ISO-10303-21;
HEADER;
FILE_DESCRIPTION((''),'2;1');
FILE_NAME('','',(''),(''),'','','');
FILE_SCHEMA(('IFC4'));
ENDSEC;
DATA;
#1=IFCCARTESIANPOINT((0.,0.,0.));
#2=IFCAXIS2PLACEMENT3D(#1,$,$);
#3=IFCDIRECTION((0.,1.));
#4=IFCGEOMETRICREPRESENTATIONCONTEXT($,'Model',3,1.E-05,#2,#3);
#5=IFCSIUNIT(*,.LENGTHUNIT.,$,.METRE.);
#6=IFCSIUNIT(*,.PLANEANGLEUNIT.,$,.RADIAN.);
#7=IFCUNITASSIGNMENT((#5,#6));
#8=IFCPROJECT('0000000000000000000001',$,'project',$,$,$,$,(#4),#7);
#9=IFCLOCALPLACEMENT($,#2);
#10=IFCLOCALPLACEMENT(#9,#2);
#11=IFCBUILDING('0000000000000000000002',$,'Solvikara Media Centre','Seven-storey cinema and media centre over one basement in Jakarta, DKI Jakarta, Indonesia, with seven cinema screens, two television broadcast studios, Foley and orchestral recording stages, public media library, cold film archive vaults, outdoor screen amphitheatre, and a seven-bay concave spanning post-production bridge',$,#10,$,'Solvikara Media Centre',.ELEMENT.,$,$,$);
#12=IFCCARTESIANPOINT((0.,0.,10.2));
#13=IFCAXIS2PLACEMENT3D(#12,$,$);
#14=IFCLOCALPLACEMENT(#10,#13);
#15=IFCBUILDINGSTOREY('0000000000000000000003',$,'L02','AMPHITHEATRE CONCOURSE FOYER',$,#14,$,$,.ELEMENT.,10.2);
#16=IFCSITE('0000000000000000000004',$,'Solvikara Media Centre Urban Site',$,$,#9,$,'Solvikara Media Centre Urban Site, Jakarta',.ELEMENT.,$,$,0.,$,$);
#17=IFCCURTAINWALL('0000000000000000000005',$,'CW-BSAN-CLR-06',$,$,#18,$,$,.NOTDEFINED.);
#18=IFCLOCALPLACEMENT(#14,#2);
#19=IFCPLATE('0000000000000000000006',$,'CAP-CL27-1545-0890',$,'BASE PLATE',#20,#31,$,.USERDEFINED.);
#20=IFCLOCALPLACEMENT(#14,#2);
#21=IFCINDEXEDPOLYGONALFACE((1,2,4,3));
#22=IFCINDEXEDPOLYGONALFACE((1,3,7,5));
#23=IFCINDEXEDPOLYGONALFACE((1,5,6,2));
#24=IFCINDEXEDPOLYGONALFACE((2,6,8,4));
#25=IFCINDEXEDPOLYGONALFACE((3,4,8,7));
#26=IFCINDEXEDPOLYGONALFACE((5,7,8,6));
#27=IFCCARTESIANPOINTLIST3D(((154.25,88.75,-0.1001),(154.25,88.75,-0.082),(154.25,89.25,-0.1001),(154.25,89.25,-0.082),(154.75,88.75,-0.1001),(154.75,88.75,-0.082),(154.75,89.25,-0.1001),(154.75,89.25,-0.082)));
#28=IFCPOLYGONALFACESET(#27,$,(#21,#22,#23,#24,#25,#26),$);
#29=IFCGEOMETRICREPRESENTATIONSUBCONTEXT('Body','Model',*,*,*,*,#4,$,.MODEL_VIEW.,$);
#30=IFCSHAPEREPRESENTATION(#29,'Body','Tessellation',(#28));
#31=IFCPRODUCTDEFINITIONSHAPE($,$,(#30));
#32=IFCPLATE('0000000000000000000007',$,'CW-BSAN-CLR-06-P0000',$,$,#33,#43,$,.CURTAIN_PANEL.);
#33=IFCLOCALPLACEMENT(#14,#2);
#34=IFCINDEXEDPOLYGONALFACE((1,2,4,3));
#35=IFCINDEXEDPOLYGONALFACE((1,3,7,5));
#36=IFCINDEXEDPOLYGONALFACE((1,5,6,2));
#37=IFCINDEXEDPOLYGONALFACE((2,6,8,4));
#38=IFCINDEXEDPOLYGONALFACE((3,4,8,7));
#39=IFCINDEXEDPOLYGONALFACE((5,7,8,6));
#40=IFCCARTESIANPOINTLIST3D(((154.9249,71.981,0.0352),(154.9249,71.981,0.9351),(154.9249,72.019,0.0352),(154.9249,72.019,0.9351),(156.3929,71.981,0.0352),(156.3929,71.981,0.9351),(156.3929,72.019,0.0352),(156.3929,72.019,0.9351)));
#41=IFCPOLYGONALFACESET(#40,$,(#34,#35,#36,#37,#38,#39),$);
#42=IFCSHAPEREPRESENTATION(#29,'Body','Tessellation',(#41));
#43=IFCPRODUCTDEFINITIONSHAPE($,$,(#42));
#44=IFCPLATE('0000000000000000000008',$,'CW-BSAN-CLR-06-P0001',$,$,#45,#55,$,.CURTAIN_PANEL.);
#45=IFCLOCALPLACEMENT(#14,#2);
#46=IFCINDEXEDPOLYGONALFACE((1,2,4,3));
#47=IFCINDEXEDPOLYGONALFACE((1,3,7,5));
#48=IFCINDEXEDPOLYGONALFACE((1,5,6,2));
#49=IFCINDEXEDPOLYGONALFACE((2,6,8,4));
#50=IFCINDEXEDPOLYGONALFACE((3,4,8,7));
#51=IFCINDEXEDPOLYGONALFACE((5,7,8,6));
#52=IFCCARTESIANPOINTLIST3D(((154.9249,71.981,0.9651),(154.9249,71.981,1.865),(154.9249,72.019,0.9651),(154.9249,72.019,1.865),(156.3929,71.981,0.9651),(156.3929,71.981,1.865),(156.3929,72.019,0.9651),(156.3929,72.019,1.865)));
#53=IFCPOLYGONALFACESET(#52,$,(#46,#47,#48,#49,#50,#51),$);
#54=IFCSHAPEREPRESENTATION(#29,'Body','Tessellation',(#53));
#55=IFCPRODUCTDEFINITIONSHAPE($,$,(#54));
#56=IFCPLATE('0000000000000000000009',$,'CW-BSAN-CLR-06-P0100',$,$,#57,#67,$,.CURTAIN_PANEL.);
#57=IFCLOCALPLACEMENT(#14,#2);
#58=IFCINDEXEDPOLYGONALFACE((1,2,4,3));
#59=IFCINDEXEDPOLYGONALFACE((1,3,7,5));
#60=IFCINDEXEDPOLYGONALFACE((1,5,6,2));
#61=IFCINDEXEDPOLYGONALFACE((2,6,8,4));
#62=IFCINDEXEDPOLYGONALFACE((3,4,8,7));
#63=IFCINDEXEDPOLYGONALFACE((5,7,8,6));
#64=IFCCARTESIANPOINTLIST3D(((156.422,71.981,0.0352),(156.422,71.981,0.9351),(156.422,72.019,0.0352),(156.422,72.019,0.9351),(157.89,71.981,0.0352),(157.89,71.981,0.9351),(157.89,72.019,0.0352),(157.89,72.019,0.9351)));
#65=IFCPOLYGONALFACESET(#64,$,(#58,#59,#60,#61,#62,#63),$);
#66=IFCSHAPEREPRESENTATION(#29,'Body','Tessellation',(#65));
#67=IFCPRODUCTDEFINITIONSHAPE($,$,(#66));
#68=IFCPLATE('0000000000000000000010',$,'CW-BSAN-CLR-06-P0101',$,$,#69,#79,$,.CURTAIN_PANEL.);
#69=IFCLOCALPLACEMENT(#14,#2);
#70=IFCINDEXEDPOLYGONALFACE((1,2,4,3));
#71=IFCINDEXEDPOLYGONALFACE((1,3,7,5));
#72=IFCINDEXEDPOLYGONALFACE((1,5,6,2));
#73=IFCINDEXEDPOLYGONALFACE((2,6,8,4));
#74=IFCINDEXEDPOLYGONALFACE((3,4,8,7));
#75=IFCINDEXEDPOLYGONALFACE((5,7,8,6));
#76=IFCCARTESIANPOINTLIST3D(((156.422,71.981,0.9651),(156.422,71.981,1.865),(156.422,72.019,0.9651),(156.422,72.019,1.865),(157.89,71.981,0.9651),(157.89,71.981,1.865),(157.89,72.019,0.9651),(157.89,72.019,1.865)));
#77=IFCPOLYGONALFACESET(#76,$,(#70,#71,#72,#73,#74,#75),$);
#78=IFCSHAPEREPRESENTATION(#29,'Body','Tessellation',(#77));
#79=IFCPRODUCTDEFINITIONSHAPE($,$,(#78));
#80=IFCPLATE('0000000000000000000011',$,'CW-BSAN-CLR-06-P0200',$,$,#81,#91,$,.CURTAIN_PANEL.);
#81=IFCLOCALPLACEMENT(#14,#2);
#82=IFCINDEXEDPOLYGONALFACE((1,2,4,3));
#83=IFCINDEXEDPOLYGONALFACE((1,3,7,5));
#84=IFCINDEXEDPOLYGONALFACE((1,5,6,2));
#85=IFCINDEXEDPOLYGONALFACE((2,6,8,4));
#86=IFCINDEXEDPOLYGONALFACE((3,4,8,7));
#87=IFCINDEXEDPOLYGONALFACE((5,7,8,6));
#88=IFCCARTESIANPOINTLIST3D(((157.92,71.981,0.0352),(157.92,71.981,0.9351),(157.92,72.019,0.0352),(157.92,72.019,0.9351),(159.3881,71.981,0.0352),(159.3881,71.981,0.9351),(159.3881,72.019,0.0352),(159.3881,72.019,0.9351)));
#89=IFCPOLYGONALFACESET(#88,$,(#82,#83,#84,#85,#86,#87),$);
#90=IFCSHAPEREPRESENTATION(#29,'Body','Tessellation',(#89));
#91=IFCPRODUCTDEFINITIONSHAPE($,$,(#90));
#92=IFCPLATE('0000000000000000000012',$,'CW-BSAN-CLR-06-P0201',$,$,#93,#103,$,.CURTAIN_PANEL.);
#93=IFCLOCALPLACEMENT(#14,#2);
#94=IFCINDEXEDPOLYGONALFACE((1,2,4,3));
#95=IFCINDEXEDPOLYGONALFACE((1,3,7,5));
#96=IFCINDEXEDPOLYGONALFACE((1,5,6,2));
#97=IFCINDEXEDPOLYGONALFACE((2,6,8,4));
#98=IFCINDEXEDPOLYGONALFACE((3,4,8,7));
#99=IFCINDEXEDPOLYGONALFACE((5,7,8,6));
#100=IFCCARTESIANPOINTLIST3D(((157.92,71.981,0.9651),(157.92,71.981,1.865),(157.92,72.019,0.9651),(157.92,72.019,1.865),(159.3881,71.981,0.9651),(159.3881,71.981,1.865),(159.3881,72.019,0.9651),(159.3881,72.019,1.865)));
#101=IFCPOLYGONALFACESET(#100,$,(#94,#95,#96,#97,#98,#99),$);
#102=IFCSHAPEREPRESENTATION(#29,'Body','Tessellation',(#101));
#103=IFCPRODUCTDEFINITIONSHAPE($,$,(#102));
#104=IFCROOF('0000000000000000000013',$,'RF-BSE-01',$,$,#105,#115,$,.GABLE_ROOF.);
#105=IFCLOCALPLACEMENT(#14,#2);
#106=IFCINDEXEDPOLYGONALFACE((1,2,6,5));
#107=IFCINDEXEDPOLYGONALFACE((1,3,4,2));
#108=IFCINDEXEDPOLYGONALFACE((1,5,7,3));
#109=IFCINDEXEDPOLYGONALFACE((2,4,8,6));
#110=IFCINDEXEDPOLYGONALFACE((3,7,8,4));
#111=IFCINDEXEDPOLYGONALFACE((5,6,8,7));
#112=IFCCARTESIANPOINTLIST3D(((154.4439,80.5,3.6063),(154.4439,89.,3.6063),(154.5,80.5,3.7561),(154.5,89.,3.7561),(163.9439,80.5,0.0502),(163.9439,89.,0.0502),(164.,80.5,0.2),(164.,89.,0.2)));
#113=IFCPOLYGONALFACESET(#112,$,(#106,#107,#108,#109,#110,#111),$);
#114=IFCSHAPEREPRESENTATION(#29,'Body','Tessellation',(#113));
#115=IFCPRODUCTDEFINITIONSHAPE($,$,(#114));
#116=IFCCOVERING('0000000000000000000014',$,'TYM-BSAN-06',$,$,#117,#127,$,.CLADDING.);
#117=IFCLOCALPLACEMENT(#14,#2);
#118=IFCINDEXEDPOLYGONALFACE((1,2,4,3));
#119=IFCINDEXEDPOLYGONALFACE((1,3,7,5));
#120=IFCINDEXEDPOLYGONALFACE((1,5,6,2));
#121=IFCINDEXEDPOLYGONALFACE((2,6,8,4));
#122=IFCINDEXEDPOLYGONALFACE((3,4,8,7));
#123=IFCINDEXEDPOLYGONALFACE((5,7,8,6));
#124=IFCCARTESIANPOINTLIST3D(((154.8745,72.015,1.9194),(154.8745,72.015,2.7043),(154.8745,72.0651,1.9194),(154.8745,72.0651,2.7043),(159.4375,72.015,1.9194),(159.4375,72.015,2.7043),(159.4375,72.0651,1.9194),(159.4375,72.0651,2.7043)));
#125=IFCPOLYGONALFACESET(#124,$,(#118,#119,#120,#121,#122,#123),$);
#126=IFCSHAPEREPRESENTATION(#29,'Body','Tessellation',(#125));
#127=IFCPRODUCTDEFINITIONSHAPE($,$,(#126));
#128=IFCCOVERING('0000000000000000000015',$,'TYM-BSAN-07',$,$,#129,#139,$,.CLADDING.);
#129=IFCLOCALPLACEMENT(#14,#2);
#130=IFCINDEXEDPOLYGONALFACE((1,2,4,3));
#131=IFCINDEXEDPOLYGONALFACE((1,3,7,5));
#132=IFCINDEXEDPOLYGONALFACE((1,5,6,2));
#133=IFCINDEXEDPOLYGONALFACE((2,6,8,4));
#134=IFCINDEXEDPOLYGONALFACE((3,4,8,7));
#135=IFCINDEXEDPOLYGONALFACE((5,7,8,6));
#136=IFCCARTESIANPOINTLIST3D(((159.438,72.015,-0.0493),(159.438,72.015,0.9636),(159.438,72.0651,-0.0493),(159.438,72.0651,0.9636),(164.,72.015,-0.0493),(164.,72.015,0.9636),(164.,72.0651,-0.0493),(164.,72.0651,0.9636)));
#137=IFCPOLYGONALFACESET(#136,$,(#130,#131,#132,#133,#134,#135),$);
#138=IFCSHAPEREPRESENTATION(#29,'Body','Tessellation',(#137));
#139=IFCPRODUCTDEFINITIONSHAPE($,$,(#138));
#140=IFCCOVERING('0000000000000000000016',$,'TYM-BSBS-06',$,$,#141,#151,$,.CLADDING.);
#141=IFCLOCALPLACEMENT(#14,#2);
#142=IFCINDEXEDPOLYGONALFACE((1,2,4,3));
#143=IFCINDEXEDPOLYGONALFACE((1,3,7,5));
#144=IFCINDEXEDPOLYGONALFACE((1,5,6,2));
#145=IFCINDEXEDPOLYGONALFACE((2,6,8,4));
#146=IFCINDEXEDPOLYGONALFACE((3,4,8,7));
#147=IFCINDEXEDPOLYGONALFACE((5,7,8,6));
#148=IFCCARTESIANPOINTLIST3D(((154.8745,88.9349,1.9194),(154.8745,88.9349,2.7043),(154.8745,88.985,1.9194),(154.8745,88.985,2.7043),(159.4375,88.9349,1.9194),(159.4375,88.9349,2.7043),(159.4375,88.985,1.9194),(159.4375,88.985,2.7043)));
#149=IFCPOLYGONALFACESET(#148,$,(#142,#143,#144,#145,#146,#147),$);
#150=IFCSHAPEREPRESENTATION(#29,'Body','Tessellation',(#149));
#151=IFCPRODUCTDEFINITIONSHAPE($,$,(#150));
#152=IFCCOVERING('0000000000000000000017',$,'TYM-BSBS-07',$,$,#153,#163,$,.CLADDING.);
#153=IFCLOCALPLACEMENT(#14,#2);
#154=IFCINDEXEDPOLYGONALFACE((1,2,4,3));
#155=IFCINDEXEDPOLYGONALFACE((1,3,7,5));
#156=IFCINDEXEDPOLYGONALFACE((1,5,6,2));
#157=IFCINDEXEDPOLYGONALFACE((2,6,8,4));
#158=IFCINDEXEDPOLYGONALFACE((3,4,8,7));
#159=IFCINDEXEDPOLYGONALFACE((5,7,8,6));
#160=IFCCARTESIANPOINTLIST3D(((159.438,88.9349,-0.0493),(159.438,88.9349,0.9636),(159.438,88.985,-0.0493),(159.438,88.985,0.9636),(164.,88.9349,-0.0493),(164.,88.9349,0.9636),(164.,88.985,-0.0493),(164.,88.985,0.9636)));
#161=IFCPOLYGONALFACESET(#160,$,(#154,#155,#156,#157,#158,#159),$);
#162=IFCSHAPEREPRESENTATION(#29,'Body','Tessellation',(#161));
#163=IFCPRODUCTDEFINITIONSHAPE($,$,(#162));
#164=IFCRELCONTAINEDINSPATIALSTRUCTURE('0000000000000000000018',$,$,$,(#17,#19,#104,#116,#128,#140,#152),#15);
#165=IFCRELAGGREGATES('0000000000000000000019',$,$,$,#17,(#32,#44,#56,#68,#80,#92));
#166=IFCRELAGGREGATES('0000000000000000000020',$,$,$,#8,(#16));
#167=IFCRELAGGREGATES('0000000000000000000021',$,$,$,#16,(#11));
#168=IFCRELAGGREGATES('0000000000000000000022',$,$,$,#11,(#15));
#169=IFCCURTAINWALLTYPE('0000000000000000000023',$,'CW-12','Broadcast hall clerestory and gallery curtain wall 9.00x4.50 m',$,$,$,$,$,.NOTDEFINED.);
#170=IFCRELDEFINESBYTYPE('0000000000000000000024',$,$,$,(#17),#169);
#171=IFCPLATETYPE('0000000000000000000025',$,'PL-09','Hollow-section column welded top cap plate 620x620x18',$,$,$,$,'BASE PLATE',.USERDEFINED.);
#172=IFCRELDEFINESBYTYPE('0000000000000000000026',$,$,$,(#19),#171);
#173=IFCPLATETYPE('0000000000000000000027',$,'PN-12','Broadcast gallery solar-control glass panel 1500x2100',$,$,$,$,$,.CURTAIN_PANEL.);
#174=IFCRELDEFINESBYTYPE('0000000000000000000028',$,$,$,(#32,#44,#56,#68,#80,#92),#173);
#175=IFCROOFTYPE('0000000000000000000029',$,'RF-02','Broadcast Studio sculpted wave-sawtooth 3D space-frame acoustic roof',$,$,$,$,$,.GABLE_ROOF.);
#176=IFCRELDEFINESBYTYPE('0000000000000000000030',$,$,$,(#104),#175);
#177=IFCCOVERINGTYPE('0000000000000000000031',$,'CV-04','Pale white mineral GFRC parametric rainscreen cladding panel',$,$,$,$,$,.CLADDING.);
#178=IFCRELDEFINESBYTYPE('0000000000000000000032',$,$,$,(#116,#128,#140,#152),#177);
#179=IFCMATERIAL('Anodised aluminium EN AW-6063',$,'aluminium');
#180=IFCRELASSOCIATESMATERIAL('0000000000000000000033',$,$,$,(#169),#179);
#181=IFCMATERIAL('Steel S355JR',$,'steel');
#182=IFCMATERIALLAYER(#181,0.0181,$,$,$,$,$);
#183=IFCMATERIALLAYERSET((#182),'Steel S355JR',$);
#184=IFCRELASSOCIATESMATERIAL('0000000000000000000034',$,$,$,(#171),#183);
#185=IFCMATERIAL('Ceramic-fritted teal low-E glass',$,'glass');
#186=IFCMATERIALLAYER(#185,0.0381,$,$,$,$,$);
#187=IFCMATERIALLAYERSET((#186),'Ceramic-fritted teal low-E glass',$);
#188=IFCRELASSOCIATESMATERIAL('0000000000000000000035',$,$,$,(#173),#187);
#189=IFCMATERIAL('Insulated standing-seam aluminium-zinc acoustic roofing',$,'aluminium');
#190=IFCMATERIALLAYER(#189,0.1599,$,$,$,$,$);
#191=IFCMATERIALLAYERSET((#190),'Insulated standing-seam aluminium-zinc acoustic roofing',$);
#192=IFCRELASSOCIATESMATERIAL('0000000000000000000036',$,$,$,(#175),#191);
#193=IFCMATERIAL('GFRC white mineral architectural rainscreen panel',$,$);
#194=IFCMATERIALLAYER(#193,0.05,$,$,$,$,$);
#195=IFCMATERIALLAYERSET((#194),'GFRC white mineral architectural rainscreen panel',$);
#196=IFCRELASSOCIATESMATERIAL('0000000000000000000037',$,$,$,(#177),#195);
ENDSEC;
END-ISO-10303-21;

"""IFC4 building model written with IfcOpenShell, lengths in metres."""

from ifc_helpers import new_model, si_unit, direction, frame, origin, origin_2d, place, context, subcontext, project, spatial, polyline, rectangle, outline, extrude, material, layer, layer_set, type_object, element, aggregate, save


model = new_model("IFC4")

# Units and contexts
model_context = context("Model", 3, precision=1e-05, world=origin(), true_north=direction((0.0, 1.0)))
body_context = subcontext(model_context, "Body", "Model", "MODEL_VIEW")
ifc_project = project(units=[si_unit("LENGTHUNIT", "METRE"), si_unit("PLANEANGLEUNIT", "RADIAN")], contexts=[model_context])

# Site, building, storey
site_placement = place(None, origin())
site = spatial("IfcSite", under=ifc_project, at=site_placement, Name="Solvikara Media Centre Urban Site", LongName="Solvikara Media Centre Urban Site, Jakarta", CompositionType="ELEMENT", RefElevation=0.0)
building_placement = place(site_placement, origin())
building = spatial("IfcBuilding", under=site, at=building_placement, Name="Solvikara Media Centre", Description="Seven-storey cinema and media centre over one basement in Jakarta, DKI Jakarta, Indonesia, with seven cinema screens, two television broadcast studios, Foley and orchestral recording stages, public media library, cold film archive vaults, outdoor screen amphitheatre, and a seven-bay concave spanning post-production bridge", LongName="Solvikara Media Centre", CompositionType="ELEMENT")
storey_placement = place(building_placement, frame((0.0, 0.0, 10.2)))
storey = spatial("IfcBuildingStorey", under=building, at=storey_placement, Name="L02", Description="AMPHITHEATRE CONCOURSE FOYER", CompositionType="ELEMENT", Elevation=10.2)

# Shared definitions
ifc_material_1 = material(Name="Steel S355JR", Category="steel")

# Shared definitions
ifc_material_2 = material(Name="Anodised aluminium EN AW-6063", Category="aluminium")
curtain_wall_type = type_object("IfcCurtainWallType", Name="CW-12", Description="Broadcast hall clerestory and gallery curtain wall 9.00x4.50 m", PredefinedType="NOTDEFINED", material=ifc_material_2)

# Curtain wall
curtain_wall_1_placement = place(storey_placement, origin())
curtain_wall_1 = element("IfcCurtainWall", 1, at=curtain_wall_1_placement, inside=storey, type_object=curtain_wall_type, Name="CW-BSAN-CLR-06", PredefinedType="NOTDEFINED")

# Plate
ifc_layer_1 = layer(ifc_material_1, 0.0181)
ifc_layer_set_1 = layer_set([ifc_layer_1], Name="Steel S355JR")
plate_type_1 = type_object("IfcPlateType", Name="PL-09", Description="Hollow-section column welded top cap plate 620x620x18", ElementType="BASE PLATE", PredefinedType="USERDEFINED", material=ifc_layer_set_1)
plate_1_placement = place(storey_placement, frame((154.5, 89.0, -0.1001), z_axis=(0.0, 0.0, 1.0), x_axis=(1.0, 0.0, 0.0)))
element("IfcPlate", 2, at=plate_1_placement, inside=storey, type_object=plate_type_1, Name="CAP-CL27-1545-0890", ObjectType="BASE PLATE", PredefinedType="USERDEFINED", context=body_context, shape_type="SweptSolid", body=[
    extrude(rectangle(XDim=0.5, YDim=0.5, at=origin_2d()), origin(), (0.0, 0.0, 1.0), 0.0181),
])

# Plates
ifc_material_3 = material(Name="Ceramic-fritted teal low-E glass", Category="glass")
ifc_layer_2 = layer(ifc_material_3, 0.0381)
ifc_layer_set_2 = layer_set([ifc_layer_2], Name="Ceramic-fritted teal low-E glass")
plate_type_2 = type_object("IfcPlateType", Name="PN-12", Description="Broadcast gallery solar-control glass panel 1500x2100", PredefinedType="CURTAIN_PANEL", material=ifc_layer_set_2)
plate_2_placement = place(storey_placement, frame((155.6589, 72.0, 0.0352), z_axis=(0.0, 0.0, 1.0), x_axis=(1.0, 0.0, 0.0)))
plate_2 = element("IfcPlate", 3, at=plate_2_placement, type_object=plate_type_2, Name="CW-BSAN-CLR-06-P0000", PredefinedType="CURTAIN_PANEL", context=body_context, shape_type="SweptSolid", body=[
    extrude(rectangle(XDim=1.468, YDim=0.0381, at=origin_2d()), origin(), (0.0, 0.0, 1.0), 0.8999),
])
plate_3_placement = place(storey_placement, frame((155.6589, 72.0, 0.9651), z_axis=(0.0, 0.0, 1.0), x_axis=(1.0, 0.0, 0.0)))
plate_3 = element("IfcPlate", 4, at=plate_3_placement, type_object=plate_type_2, Name="CW-BSAN-CLR-06-P0001", PredefinedType="CURTAIN_PANEL", context=body_context, shape_type="SweptSolid", body=[
    extrude(rectangle(XDim=1.468, YDim=0.0381, at=origin_2d()), origin(), (0.0, 0.0, 1.0), 0.8999),
])
plate_4_placement = place(storey_placement, frame((157.156, 72.0, 0.0352), z_axis=(0.0, 0.0, 1.0), x_axis=(1.0, 0.0, 0.0)))
plate_4 = element("IfcPlate", 5, at=plate_4_placement, type_object=plate_type_2, Name="CW-BSAN-CLR-06-P0100", PredefinedType="CURTAIN_PANEL", context=body_context, shape_type="SweptSolid", body=[
    extrude(rectangle(XDim=1.468, YDim=0.0381, at=origin_2d()), origin(), (0.0, 0.0, 1.0), 0.8999),
])
plate_5_placement = place(storey_placement, frame((157.156, 72.0, 0.9651), z_axis=(0.0, 0.0, 1.0), x_axis=(1.0, 0.0, 0.0)))
plate_5 = element("IfcPlate", 6, at=plate_5_placement, type_object=plate_type_2, Name="CW-BSAN-CLR-06-P0101", PredefinedType="CURTAIN_PANEL", context=body_context, shape_type="SweptSolid", body=[
    extrude(rectangle(XDim=1.468, YDim=0.0381, at=origin_2d()), origin(), (0.0, 0.0, 1.0), 0.8999),
])
plate_6_placement = place(storey_placement, frame((158.6541, 72.0, 0.0352), z_axis=(0.0, 0.0, 1.0), x_axis=(1.0, 0.0, 0.0)))
plate_6 = element("IfcPlate", 7, at=plate_6_placement, type_object=plate_type_2, Name="CW-BSAN-CLR-06-P0200", PredefinedType="CURTAIN_PANEL", context=body_context, shape_type="SweptSolid", body=[
    extrude(rectangle(XDim=1.468, YDim=0.0381, at=origin_2d()), origin(), (0.0, 0.0, 1.0), 0.8999),
])
plate_7_placement = place(storey_placement, frame((158.6541, 72.0, 0.9651), z_axis=(0.0, 0.0, 1.0), x_axis=(1.0, 0.0, 0.0)))
plate_7 = element("IfcPlate", 8, at=plate_7_placement, type_object=plate_type_2, Name="CW-BSAN-CLR-06-P0201", PredefinedType="CURTAIN_PANEL", context=body_context, shape_type="SweptSolid", body=[
    extrude(rectangle(XDim=1.468, YDim=0.0381, at=origin_2d()), origin(), (0.0, 0.0, 1.0), 0.8999),
])
aggregate(curtain_wall_1, [plate_2, plate_3, plate_4, plate_5, plate_6, plate_7])

# Roof
ifc_material_4 = material(Name="Insulated standing-seam aluminium-zinc acoustic roofing", Category="aluminium")
ifc_layer_3 = layer(ifc_material_4, 0.1599)
ifc_layer_set_3 = layer_set([ifc_layer_3], Name="Insulated standing-seam aluminium-zinc acoustic roofing")
roof_type = type_object("IfcRoofType", Name="RF-02", Description="Broadcast Studio sculpted wave-sawtooth 3D space-frame acoustic roof", PredefinedType="GABLE_ROOF", material=ifc_layer_set_3)
roof_placement = place(storey_placement, frame((154.5, 80.5, 3.7561), z_axis=(0.350575, 0.0, 0.936535), x_axis=(0.936535, 0.0, -0.350575)))
element("IfcRoof", 9, at=roof_placement, inside=storey, type_object=roof_type, Name="RF-BSE-01", PredefinedType="GABLE_ROOF", context=body_context, shape_type="SweptSolid", body=[
    extrude(outline(polyline([(0.0, 0.0), (10.1438, 0.0), (10.1438, 8.5), (0.0, 8.5), (0.0, 0.0)])), origin(), (0.0, 0.0, -1.0), 0.1599),
])

# Coverings
ifc_material_5 = material(Name="GFRC white mineral architectural rainscreen panel")
ifc_layer_4 = layer(ifc_material_5, 0.05)
ifc_layer_set_4 = layer_set([ifc_layer_4], Name="GFRC white mineral architectural rainscreen panel")
covering_type = type_object("IfcCoveringType", Name="CV-04", Description="Pale white mineral GFRC parametric rainscreen cladding panel", PredefinedType="CLADDING", material=ifc_layer_set_4)
covering_1_placement = place(storey_placement, frame((157.156, 72.04, 1.9194), z_axis=(0.0, 0.0, 1.0), x_axis=(1.0, 0.0, 0.0)))
element("IfcCovering", 10, at=covering_1_placement, inside=storey, type_object=covering_type, Name="TYM-BSAN-06", PredefinedType="CLADDING", context=body_context, shape_type="SweptSolid", body=[
    extrude(rectangle(XDim=4.563, YDim=0.05, at=origin_2d()), origin(), (0.0, 0.0, 1.0), 0.7849),
])
covering_2_placement = place(storey_placement, frame((161.719, 72.04, -0.0493), z_axis=(0.0, 0.0, 1.0), x_axis=(1.0, 0.0, 0.0)))
element("IfcCovering", 11, at=covering_2_placement, inside=storey, type_object=covering_type, Name="TYM-BSAN-07", PredefinedType="CLADDING", context=body_context, shape_type="SweptSolid", body=[
    extrude(rectangle(XDim=4.562, YDim=0.05, at=origin_2d()), origin(), (0.0, 0.0, 1.0), 1.0129),
])
covering_3_placement = place(storey_placement, frame((157.156, 88.96, 1.9194), z_axis=(0.0, 0.0, 1.0), x_axis=(1.0, 0.0, 0.0)))
element("IfcCovering", 12, at=covering_3_placement, inside=storey, type_object=covering_type, Name="TYM-BSBS-06", PredefinedType="CLADDING", context=body_context, shape_type="SweptSolid", body=[
    extrude(rectangle(XDim=4.563, YDim=0.05, at=origin_2d()), origin(), (0.0, 0.0, 1.0), 0.7849),
])
covering_4_placement = place(storey_placement, frame((161.719, 88.96, -0.0493), z_axis=(0.0, 0.0, 1.0), x_axis=(1.0, 0.0, 0.0)))
element("IfcCovering", 13, at=covering_4_placement, inside=storey, type_object=covering_type, Name="TYM-BSBS-07", PredefinedType="CLADDING", context=body_context, shape_type="SweptSolid", body=[
    extrude(rectangle(XDim=4.562, YDim=0.05, at=origin_2d()), origin(), (0.0, 0.0, 1.0), 1.0129),
])

save(model, "model.ifc")
